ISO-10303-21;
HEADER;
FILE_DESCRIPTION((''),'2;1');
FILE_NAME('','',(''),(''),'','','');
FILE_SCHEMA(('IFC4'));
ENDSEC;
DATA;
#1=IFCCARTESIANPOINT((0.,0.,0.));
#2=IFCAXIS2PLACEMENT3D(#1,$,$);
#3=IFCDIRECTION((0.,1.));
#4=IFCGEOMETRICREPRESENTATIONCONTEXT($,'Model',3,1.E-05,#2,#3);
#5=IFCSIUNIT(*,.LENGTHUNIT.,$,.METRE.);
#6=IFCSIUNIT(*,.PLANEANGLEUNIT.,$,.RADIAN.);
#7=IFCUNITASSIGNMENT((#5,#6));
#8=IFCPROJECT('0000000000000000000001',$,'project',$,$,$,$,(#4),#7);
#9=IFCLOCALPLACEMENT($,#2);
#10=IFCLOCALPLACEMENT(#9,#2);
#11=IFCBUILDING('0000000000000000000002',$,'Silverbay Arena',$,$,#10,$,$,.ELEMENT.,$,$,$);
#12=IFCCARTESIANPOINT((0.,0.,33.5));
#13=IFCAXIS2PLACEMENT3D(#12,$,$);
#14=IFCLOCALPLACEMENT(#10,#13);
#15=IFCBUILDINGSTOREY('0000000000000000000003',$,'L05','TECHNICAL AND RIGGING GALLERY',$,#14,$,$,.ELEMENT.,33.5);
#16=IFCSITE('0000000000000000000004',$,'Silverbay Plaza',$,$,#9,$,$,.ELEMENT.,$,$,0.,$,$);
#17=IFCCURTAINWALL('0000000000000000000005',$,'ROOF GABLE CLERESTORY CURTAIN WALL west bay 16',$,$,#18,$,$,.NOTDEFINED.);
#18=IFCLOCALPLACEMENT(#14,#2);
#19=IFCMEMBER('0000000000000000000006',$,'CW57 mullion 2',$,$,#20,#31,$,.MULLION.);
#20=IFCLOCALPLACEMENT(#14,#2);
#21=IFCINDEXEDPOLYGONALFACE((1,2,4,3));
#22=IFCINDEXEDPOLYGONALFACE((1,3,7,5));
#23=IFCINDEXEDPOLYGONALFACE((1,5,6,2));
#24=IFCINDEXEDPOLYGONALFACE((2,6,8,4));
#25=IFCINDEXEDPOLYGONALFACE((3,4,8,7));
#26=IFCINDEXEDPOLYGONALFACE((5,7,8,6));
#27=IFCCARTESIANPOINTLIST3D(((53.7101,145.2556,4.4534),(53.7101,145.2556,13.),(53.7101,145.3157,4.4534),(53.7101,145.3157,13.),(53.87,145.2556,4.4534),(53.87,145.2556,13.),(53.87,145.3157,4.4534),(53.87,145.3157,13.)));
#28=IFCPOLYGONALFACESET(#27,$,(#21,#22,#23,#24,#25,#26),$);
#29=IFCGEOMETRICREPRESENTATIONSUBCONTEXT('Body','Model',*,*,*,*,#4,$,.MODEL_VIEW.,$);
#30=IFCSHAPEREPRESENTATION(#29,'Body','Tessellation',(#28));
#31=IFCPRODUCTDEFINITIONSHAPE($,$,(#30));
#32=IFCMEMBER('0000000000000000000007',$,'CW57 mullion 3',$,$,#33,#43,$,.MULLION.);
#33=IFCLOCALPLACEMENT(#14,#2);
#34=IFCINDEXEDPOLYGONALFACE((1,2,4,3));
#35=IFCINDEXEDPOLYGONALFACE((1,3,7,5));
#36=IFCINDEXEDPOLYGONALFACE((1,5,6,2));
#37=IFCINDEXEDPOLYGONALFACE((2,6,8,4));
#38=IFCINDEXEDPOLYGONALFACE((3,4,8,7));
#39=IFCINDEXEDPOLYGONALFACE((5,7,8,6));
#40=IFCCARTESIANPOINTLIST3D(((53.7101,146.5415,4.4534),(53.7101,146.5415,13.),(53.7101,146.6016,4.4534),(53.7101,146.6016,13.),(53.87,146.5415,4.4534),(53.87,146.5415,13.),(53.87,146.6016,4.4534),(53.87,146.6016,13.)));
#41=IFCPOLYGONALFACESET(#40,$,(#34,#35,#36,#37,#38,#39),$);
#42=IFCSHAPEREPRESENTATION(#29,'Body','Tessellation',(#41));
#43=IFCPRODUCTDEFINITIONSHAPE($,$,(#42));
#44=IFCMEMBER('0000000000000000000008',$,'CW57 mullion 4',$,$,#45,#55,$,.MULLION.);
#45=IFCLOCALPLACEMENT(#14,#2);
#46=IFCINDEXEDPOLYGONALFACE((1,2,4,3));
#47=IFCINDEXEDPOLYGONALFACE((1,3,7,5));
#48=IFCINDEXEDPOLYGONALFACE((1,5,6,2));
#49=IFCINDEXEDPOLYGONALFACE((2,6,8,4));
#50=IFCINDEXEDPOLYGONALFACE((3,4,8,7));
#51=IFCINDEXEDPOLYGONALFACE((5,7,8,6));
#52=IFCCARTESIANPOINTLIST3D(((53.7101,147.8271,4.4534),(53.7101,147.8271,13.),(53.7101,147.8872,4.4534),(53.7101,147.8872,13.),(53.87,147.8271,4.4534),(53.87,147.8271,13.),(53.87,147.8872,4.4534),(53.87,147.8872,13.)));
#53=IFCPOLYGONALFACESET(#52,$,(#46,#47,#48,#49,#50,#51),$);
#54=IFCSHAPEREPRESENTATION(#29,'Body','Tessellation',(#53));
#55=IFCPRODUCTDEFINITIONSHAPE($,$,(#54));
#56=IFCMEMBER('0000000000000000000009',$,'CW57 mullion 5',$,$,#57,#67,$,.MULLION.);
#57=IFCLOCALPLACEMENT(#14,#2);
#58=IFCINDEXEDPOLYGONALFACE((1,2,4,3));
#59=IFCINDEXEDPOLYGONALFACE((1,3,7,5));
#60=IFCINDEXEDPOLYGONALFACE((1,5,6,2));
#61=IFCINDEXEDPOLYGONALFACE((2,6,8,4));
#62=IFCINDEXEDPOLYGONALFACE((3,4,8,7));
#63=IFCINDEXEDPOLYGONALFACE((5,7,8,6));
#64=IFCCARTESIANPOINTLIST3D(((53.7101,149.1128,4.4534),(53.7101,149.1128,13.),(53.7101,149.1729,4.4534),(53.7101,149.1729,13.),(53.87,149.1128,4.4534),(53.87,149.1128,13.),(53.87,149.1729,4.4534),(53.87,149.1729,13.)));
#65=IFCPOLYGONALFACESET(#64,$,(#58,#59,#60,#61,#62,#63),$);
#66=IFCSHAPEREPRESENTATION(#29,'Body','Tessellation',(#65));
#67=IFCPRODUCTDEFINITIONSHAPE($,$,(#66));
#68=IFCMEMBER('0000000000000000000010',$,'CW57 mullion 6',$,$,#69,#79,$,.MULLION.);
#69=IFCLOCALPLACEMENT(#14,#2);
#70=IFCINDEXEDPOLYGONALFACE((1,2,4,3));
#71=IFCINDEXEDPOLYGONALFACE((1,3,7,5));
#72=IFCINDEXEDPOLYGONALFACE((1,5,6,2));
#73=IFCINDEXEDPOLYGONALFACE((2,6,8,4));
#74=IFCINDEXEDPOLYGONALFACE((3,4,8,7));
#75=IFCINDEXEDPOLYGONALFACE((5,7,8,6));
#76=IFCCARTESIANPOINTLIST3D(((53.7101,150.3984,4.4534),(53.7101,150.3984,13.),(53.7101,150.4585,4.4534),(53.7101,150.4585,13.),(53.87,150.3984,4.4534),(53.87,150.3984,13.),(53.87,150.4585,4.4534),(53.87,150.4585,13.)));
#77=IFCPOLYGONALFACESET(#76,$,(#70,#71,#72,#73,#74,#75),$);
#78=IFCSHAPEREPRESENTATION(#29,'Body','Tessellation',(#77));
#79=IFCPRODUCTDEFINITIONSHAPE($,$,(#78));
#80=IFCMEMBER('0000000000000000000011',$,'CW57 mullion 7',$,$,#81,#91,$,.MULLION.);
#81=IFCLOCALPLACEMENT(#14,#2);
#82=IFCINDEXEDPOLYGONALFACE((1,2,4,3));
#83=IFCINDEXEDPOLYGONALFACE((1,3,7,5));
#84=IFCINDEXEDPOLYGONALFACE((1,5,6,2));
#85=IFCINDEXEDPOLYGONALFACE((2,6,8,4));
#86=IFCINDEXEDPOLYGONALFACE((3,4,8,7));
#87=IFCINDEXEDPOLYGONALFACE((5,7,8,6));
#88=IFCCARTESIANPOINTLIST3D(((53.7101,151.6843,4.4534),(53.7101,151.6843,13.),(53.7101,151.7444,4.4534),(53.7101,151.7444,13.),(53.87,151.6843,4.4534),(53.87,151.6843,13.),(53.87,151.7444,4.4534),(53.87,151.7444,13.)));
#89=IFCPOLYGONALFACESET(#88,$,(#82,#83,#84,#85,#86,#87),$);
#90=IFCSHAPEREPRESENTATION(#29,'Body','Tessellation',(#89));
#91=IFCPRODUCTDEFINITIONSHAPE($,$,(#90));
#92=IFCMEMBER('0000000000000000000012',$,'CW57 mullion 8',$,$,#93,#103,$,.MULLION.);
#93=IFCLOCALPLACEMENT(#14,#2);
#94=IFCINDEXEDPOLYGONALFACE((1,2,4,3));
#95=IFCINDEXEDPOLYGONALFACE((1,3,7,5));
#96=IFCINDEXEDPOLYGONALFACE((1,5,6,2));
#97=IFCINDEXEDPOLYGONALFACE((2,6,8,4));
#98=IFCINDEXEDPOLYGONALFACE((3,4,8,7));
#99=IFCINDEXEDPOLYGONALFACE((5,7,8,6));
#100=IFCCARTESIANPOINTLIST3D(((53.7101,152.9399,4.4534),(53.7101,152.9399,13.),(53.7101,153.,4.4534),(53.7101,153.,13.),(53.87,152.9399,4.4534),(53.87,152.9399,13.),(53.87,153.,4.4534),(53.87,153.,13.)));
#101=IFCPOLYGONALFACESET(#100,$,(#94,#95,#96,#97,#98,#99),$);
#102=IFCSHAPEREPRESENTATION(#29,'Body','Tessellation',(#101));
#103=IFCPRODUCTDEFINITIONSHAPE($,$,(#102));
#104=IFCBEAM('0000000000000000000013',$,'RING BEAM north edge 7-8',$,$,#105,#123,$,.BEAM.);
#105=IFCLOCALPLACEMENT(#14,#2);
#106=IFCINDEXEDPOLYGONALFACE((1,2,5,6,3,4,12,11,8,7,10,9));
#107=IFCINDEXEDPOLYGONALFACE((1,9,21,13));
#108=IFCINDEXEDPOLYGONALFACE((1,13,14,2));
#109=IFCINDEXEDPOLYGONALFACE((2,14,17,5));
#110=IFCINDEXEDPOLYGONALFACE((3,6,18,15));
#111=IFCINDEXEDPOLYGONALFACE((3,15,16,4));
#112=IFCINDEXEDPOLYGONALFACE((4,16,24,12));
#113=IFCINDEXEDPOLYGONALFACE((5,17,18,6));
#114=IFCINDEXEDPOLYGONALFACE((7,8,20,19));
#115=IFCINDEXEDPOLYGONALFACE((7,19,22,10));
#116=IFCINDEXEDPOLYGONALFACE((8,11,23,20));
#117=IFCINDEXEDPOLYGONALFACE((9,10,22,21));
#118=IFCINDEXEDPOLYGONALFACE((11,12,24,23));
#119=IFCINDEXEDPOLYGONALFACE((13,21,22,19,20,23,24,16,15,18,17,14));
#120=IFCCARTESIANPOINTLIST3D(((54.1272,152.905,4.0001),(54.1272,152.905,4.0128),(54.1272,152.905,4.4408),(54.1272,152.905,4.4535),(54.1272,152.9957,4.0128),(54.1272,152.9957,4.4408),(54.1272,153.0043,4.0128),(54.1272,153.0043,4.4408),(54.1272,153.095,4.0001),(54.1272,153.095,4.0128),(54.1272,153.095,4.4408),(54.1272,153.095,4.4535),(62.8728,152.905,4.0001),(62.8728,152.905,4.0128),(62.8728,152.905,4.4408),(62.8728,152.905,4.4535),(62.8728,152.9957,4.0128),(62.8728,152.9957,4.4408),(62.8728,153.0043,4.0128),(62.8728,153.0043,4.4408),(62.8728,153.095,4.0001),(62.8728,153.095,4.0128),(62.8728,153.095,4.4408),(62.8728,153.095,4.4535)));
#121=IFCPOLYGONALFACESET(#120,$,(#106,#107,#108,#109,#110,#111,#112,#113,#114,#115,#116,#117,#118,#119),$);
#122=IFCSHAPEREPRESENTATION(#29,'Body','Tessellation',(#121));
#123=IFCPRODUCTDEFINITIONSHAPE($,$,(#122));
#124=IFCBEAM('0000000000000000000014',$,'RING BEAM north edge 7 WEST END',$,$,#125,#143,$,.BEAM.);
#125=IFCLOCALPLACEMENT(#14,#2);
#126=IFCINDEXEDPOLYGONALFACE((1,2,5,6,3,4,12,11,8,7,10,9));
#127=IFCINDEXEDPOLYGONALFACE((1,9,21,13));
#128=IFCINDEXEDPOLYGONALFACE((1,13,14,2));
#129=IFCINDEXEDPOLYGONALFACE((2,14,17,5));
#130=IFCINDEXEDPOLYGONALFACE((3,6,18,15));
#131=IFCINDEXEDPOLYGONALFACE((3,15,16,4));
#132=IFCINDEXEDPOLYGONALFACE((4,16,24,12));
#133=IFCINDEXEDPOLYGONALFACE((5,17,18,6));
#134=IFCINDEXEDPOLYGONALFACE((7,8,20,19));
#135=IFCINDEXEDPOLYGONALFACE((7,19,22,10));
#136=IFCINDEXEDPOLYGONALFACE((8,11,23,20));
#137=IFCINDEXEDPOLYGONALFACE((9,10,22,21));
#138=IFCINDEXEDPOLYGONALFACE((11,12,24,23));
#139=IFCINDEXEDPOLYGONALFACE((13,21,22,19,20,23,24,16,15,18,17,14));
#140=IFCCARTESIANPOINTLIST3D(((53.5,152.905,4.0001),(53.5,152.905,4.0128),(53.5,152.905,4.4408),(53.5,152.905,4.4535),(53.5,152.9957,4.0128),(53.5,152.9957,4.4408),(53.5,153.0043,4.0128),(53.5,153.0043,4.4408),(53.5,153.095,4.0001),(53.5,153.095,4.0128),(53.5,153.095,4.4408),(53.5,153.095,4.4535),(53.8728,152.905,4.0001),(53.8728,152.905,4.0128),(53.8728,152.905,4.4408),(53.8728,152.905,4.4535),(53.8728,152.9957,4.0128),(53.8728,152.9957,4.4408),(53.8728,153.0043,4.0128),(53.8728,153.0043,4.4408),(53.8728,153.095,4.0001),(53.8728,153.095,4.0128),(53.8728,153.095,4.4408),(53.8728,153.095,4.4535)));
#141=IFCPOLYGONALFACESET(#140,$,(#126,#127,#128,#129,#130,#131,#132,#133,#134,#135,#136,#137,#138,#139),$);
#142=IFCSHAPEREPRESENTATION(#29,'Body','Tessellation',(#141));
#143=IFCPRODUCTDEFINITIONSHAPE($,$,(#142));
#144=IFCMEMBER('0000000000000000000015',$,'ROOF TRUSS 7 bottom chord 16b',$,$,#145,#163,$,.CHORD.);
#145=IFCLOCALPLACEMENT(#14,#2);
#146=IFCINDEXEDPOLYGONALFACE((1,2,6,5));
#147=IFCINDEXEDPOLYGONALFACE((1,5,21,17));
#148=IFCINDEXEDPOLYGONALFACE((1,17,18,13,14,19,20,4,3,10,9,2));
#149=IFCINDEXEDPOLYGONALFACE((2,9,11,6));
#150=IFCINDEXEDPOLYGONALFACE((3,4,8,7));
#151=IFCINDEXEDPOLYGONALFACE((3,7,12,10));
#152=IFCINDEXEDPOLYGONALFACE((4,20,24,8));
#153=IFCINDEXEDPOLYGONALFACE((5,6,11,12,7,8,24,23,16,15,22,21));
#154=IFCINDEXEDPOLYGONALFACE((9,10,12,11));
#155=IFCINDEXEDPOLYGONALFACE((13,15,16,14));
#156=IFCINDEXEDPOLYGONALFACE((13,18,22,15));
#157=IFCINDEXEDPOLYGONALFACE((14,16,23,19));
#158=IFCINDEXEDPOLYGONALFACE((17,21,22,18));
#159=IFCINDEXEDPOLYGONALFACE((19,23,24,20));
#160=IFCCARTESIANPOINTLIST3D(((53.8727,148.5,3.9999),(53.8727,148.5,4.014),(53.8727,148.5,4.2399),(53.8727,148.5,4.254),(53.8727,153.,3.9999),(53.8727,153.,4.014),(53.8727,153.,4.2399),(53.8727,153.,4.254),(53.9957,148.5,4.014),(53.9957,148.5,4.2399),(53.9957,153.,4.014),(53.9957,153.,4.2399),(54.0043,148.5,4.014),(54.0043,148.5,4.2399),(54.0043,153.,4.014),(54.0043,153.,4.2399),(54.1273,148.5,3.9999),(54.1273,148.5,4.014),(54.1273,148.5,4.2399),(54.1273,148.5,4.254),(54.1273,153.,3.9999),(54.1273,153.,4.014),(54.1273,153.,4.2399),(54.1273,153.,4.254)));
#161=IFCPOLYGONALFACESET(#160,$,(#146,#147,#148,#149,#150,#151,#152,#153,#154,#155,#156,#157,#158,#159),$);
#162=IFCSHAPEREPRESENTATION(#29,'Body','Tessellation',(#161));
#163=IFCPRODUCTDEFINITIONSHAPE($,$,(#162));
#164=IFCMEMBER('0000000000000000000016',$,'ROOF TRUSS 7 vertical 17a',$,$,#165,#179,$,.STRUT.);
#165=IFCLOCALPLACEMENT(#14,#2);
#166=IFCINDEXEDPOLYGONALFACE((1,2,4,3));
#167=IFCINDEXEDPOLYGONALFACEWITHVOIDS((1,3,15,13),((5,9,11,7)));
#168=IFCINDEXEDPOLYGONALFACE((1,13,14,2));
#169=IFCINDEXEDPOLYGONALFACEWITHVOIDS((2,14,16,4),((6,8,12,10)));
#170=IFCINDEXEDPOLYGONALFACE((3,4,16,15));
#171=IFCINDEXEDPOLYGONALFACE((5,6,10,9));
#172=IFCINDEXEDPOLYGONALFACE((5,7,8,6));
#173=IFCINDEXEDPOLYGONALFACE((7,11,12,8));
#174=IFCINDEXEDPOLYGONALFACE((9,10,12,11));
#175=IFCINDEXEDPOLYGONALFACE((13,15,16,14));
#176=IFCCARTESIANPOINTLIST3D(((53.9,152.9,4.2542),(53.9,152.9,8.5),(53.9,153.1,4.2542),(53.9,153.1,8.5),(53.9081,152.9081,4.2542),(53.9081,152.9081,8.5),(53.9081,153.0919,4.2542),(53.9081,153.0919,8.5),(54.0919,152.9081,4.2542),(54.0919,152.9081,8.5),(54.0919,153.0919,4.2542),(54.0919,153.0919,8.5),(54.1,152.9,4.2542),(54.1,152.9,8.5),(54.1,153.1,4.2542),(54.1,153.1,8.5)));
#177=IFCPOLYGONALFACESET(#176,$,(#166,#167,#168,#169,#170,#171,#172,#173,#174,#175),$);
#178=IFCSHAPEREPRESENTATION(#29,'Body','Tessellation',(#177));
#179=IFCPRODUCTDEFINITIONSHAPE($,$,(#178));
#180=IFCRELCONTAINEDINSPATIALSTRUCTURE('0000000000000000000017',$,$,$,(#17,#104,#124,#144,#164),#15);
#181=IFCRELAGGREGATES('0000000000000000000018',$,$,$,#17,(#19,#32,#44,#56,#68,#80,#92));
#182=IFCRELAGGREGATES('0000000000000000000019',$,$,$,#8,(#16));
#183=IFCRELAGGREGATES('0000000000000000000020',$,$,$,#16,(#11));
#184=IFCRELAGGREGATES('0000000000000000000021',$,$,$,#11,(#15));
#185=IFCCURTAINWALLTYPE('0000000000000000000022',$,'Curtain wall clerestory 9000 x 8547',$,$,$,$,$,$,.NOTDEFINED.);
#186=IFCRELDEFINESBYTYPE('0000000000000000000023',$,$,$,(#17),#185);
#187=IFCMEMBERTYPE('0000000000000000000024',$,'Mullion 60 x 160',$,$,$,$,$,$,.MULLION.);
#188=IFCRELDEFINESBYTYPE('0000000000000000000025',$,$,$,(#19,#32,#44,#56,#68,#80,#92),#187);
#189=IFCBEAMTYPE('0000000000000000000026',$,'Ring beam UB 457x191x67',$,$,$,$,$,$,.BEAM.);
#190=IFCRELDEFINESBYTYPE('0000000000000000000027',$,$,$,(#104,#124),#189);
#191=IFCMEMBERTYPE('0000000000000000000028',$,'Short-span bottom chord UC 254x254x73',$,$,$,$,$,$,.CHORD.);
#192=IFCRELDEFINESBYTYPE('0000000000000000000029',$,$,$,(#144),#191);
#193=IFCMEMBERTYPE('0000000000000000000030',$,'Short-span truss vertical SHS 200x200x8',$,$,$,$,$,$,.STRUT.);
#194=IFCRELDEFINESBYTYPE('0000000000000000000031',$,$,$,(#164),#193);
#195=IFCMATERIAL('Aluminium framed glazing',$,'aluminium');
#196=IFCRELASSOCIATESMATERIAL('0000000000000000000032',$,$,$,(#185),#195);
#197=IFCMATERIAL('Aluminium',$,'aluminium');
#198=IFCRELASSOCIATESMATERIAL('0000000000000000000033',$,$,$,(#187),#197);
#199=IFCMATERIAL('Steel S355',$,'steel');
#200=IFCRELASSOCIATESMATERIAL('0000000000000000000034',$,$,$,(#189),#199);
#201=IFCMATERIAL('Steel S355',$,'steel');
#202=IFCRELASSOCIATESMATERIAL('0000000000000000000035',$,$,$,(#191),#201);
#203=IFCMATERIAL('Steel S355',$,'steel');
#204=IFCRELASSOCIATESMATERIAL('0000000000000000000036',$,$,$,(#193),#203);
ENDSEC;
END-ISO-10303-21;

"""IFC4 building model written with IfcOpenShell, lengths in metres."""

from ifc_helpers import new_model, si_unit, direction, frame, origin, origin_2d, place, context, subcontext, project, spatial, rectangle, hollow_rectangle, i_section, extrude, material, material_profile, profile_set, type_object, element, aggregate, save


model = new_model("IFC4")

# Units and contexts
model_context = context("Model", 3, precision=1e-05, world=origin(), true_north=direction((0.0, 1.0)))
body_context = subcontext(model_context, "Body", "Model", "MODEL_VIEW")
ifc_project = project(units=[si_unit("LENGTHUNIT", "METRE"), si_unit("PLANEANGLEUNIT", "RADIAN")], contexts=[model_context])

# Site, building, storey
site_placement = place(None, origin())
site = spatial("IfcSite", under=ifc_project, at=site_placement, Name="Silverbay Plaza", CompositionType="ELEMENT", RefElevation=0.0)
building_placement = place(site_placement, origin())
building = spatial("IfcBuilding", under=site, at=building_placement, Name="Silverbay Arena", CompositionType="ELEMENT")
storey_placement = place(building_placement, frame((0.0, 0.0, 33.5)))
storey = spatial("IfcBuildingStorey", under=building, at=storey_placement, Name="L05", Description="TECHNICAL AND RIGGING GALLERY", CompositionType="ELEMENT", Elevation=33.5)

# Curtain wall, members
ifc_material_1 = material(Name="Aluminium framed glazing", Category="aluminium")
curtain_wall_type = type_object("IfcCurtainWallType", Name="Curtain wall clerestory 9000 x 8547", PredefinedType="NOTDEFINED", material=ifc_material_1)
curtain_wall_placement = place(storey_placement, origin())
curtain_wall = element("IfcCurtainWall", 1, at=curtain_wall_placement, inside=storey, type_object=curtain_wall_type, Name="ROOF GABLE CLERESTORY CURTAIN WALL west bay 16", PredefinedType="NOTDEFINED")
ifc_material_2 = material(Name="Aluminium", Category="aluminium")
ifc_material_profile_1 = material_profile(ifc_material_2, rectangle(XDim=0.1599, YDim=0.0601, at=origin_2d()), Name="Mullion 60 x 160")
ifc_profile_set_1 = profile_set([ifc_material_profile_1], Name="Aluminium")
member_type_1 = type_object("IfcMemberType", Name="Mullion 60 x 160", PredefinedType="MULLION", material=ifc_profile_set_1)
member_1_placement = place(storey_placement, frame((53.79, 145.2856, 4.4534), z_axis=(0.0, 0.0, 1.0), x_axis=(-1.0, 0.0, 0.0)))
member_1 = element("IfcMember", 2, at=member_1_placement, type_object=member_type_1, Name="CW57 mullion 2", PredefinedType="MULLION", context=body_context, shape_type="SweptSolid", body=[
    extrude(rectangle(XDim=0.1599, YDim=0.0601, at=origin_2d()), origin(), (0.0, 0.0, 1.0), 8.5466),
])
member_2_placement = place(storey_placement, frame((53.79, 146.5715, 4.4534), z_axis=(0.0, 0.0, 1.0), x_axis=(-1.0, 0.0, 0.0)))
member_2 = element("IfcMember", 3, at=member_2_placement, type_object=member_type_1, Name="CW57 mullion 3", PredefinedType="MULLION", context=body_context, shape_type="SweptSolid", body=[
    extrude(rectangle(XDim=0.1599, YDim=0.0601, at=origin_2d()), origin(), (0.0, 0.0, 1.0), 8.5466),
])
member_3_placement = place(storey_placement, frame((53.79, 147.8572, 4.4534), z_axis=(0.0, 0.0, 1.0), x_axis=(-1.0, 0.0, 0.0)))
member_3 = element("IfcMember", 4, at=member_3_placement, type_object=member_type_1, Name="CW57 mullion 4", PredefinedType="MULLION", context=body_context, shape_type="SweptSolid", body=[
    extrude(rectangle(XDim=0.1599, YDim=0.0601, at=origin_2d()), origin(), (0.0, 0.0, 1.0), 8.5466),
])
member_4_placement = place(storey_placement, frame((53.79, 149.1428, 4.4534), z_axis=(0.0, 0.0, 1.0), x_axis=(-1.0, 0.0, 0.0)))
member_4 = element("IfcMember", 5, at=member_4_placement, type_object=member_type_1, Name="CW57 mullion 5", PredefinedType="MULLION", context=body_context, shape_type="SweptSolid", body=[
    extrude(rectangle(XDim=0.1599, YDim=0.0601, at=origin_2d()), origin(), (0.0, 0.0, 1.0), 8.5466),
])
member_5_placement = place(storey_placement, frame((53.79, 150.4285, 4.4534), z_axis=(0.0, 0.0, 1.0), x_axis=(-1.0, 0.0, 0.0)))
member_5 = element("IfcMember", 6, at=member_5_placement, type_object=member_type_1, Name="CW57 mullion 6", PredefinedType="MULLION", context=body_context, shape_type="SweptSolid", body=[
    extrude(rectangle(XDim=0.1599, YDim=0.0601, at=origin_2d()), origin(), (0.0, 0.0, 1.0), 8.5466),
])
member_6_placement = place(storey_placement, frame((53.79, 151.7144, 4.4534), z_axis=(0.0, 0.0, 1.0), x_axis=(-1.0, 0.0, 0.0)))
member_6 = element("IfcMember", 7, at=member_6_placement, type_object=member_type_1, Name="CW57 mullion 7", PredefinedType="MULLION", context=body_context, shape_type="SweptSolid", body=[
    extrude(rectangle(XDim=0.1599, YDim=0.0601, at=origin_2d()), origin(), (0.0, 0.0, 1.0), 8.5466),
])
member_7_placement = place(storey_placement, frame((53.79, 152.97, 4.4534), z_axis=(0.0, 0.0, 1.0), x_axis=(-1.0, 0.0, 0.0)))
member_7 = element("IfcMember", 8, at=member_7_placement, type_object=member_type_1, Name="CW57 mullion 8", PredefinedType="MULLION", context=body_context, shape_type="SweptSolid", body=[
    extrude(rectangle(XDim=0.1599, YDim=0.0601, at=origin_2d()), origin(), (0.0, 0.0, 1.0), 8.5466),
])

# Beams
ifc_material_3 = material(Name="Steel S355", Category="steel")
ifc_material_profile_2 = material_profile(ifc_material_3, i_section(OverallWidth=0.1899, OverallDepth=0.4534, WebThickness=0.0085, FlangeThickness=0.0127, at=origin_2d()), Name="UB 457x191x67")
ifc_profile_set_2 = profile_set([ifc_material_profile_2], Name="Steel S355")
beam_type = type_object("IfcBeamType", Name="Ring beam UB 457x191x67", PredefinedType="BEAM", material=ifc_profile_set_2)
beam_1_placement = place(storey_placement, frame((54.1272, 153.0, 4.2268), z_axis=(1.0, 0.0, 0.0), x_axis=(0.0, 1.0, 0.0)))
element("IfcBeam", 9, at=beam_1_placement, inside=storey, type_object=beam_type, Name="RING BEAM north edge 7-8", PredefinedType="BEAM", context=body_context, shape_type="SweptSolid", body=[
    extrude(i_section(OverallWidth=0.1899, OverallDepth=0.4534, WebThickness=0.0085, FlangeThickness=0.0127, at=origin_2d()), origin(), (0.0, 0.0, 1.0), 8.7456),
])
beam_2_placement = place(storey_placement, frame((53.5, 153.0, 4.2268), z_axis=(1.0, 0.0, 0.0), x_axis=(0.0, 1.0, 0.0)))
element("IfcBeam", 10, at=beam_2_placement, inside=storey, type_object=beam_type, Name="RING BEAM north edge 7 WEST END", PredefinedType="BEAM", context=body_context, shape_type="SweptSolid", body=[
    extrude(i_section(OverallWidth=0.1899, OverallDepth=0.4534, WebThickness=0.0085, FlangeThickness=0.0127, at=origin_2d()), origin(), (0.0, 0.0, 1.0), 0.3728),
])

# Members
ifc_material_4 = material(Name="Steel S355", Category="steel")
ifc_material_profile_3 = material_profile(ifc_material_4, i_section(OverallWidth=0.2546, OverallDepth=0.2542, WebThickness=0.0085, FlangeThickness=0.0142, at=origin_2d()), Name="UC 254x254x73")
ifc_profile_set_3 = profile_set([ifc_material_profile_3], Name="Steel S355")
member_type_2 = type_object("IfcMemberType", Name="Short-span bottom chord UC 254x254x73", PredefinedType="CHORD", material=ifc_profile_set_3)
member_8_placement = place(storey_placement, frame((54.0, 148.5, 4.127), z_axis=(0.0, 1.0, 0.0), x_axis=(-1.0, 0.0, 0.0)))
element("IfcMember", 11, at=member_8_placement, inside=storey, type_object=member_type_2, Name="ROOF TRUSS 7 bottom chord 16b", PredefinedType="CHORD", context=body_context, shape_type="SweptSolid", body=[
    extrude(i_section(OverallWidth=0.2546, OverallDepth=0.2542, WebThickness=0.0085, FlangeThickness=0.0142, at=origin_2d()), origin(), (0.0, 0.0, 1.0), 4.5),
])
ifc_material_5 = material(Name="Steel S355", Category="steel")
ifc_material_profile_4 = material_profile(ifc_material_5, hollow_rectangle(XDim=0.2, YDim=0.2, WallThickness=0.0081, at=origin_2d()), Name="SHS 200x200x8")
ifc_profile_set_4 = profile_set([ifc_material_profile_4], Name="Steel S355")
member_type_3 = type_object("IfcMemberType", Name="Short-span truss vertical SHS 200x200x8", PredefinedType="STRUT", material=ifc_profile_set_4)
member_9_placement = place(storey_placement, frame((54.0, 153.0, 4.2542), z_axis=(0.0, 0.0, 1.0), x_axis=(1.0, 0.0, 0.0)))
element("IfcMember", 12, at=member_9_placement, inside=storey, type_object=member_type_3, Name="ROOF TRUSS 7 vertical 17a", PredefinedType="STRUT", context=body_context, shape_type="SweptSolid", body=[
    extrude(hollow_rectangle(XDim=0.2, YDim=0.2, WallThickness=0.0081, at=origin_2d()), origin(), (0.0, 0.0, 1.0), 4.2458),
])

aggregate(curtain_wall, [member_1, member_2, member_3, member_4, member_5, member_6, member_7])

save(model, "model.ifc")
